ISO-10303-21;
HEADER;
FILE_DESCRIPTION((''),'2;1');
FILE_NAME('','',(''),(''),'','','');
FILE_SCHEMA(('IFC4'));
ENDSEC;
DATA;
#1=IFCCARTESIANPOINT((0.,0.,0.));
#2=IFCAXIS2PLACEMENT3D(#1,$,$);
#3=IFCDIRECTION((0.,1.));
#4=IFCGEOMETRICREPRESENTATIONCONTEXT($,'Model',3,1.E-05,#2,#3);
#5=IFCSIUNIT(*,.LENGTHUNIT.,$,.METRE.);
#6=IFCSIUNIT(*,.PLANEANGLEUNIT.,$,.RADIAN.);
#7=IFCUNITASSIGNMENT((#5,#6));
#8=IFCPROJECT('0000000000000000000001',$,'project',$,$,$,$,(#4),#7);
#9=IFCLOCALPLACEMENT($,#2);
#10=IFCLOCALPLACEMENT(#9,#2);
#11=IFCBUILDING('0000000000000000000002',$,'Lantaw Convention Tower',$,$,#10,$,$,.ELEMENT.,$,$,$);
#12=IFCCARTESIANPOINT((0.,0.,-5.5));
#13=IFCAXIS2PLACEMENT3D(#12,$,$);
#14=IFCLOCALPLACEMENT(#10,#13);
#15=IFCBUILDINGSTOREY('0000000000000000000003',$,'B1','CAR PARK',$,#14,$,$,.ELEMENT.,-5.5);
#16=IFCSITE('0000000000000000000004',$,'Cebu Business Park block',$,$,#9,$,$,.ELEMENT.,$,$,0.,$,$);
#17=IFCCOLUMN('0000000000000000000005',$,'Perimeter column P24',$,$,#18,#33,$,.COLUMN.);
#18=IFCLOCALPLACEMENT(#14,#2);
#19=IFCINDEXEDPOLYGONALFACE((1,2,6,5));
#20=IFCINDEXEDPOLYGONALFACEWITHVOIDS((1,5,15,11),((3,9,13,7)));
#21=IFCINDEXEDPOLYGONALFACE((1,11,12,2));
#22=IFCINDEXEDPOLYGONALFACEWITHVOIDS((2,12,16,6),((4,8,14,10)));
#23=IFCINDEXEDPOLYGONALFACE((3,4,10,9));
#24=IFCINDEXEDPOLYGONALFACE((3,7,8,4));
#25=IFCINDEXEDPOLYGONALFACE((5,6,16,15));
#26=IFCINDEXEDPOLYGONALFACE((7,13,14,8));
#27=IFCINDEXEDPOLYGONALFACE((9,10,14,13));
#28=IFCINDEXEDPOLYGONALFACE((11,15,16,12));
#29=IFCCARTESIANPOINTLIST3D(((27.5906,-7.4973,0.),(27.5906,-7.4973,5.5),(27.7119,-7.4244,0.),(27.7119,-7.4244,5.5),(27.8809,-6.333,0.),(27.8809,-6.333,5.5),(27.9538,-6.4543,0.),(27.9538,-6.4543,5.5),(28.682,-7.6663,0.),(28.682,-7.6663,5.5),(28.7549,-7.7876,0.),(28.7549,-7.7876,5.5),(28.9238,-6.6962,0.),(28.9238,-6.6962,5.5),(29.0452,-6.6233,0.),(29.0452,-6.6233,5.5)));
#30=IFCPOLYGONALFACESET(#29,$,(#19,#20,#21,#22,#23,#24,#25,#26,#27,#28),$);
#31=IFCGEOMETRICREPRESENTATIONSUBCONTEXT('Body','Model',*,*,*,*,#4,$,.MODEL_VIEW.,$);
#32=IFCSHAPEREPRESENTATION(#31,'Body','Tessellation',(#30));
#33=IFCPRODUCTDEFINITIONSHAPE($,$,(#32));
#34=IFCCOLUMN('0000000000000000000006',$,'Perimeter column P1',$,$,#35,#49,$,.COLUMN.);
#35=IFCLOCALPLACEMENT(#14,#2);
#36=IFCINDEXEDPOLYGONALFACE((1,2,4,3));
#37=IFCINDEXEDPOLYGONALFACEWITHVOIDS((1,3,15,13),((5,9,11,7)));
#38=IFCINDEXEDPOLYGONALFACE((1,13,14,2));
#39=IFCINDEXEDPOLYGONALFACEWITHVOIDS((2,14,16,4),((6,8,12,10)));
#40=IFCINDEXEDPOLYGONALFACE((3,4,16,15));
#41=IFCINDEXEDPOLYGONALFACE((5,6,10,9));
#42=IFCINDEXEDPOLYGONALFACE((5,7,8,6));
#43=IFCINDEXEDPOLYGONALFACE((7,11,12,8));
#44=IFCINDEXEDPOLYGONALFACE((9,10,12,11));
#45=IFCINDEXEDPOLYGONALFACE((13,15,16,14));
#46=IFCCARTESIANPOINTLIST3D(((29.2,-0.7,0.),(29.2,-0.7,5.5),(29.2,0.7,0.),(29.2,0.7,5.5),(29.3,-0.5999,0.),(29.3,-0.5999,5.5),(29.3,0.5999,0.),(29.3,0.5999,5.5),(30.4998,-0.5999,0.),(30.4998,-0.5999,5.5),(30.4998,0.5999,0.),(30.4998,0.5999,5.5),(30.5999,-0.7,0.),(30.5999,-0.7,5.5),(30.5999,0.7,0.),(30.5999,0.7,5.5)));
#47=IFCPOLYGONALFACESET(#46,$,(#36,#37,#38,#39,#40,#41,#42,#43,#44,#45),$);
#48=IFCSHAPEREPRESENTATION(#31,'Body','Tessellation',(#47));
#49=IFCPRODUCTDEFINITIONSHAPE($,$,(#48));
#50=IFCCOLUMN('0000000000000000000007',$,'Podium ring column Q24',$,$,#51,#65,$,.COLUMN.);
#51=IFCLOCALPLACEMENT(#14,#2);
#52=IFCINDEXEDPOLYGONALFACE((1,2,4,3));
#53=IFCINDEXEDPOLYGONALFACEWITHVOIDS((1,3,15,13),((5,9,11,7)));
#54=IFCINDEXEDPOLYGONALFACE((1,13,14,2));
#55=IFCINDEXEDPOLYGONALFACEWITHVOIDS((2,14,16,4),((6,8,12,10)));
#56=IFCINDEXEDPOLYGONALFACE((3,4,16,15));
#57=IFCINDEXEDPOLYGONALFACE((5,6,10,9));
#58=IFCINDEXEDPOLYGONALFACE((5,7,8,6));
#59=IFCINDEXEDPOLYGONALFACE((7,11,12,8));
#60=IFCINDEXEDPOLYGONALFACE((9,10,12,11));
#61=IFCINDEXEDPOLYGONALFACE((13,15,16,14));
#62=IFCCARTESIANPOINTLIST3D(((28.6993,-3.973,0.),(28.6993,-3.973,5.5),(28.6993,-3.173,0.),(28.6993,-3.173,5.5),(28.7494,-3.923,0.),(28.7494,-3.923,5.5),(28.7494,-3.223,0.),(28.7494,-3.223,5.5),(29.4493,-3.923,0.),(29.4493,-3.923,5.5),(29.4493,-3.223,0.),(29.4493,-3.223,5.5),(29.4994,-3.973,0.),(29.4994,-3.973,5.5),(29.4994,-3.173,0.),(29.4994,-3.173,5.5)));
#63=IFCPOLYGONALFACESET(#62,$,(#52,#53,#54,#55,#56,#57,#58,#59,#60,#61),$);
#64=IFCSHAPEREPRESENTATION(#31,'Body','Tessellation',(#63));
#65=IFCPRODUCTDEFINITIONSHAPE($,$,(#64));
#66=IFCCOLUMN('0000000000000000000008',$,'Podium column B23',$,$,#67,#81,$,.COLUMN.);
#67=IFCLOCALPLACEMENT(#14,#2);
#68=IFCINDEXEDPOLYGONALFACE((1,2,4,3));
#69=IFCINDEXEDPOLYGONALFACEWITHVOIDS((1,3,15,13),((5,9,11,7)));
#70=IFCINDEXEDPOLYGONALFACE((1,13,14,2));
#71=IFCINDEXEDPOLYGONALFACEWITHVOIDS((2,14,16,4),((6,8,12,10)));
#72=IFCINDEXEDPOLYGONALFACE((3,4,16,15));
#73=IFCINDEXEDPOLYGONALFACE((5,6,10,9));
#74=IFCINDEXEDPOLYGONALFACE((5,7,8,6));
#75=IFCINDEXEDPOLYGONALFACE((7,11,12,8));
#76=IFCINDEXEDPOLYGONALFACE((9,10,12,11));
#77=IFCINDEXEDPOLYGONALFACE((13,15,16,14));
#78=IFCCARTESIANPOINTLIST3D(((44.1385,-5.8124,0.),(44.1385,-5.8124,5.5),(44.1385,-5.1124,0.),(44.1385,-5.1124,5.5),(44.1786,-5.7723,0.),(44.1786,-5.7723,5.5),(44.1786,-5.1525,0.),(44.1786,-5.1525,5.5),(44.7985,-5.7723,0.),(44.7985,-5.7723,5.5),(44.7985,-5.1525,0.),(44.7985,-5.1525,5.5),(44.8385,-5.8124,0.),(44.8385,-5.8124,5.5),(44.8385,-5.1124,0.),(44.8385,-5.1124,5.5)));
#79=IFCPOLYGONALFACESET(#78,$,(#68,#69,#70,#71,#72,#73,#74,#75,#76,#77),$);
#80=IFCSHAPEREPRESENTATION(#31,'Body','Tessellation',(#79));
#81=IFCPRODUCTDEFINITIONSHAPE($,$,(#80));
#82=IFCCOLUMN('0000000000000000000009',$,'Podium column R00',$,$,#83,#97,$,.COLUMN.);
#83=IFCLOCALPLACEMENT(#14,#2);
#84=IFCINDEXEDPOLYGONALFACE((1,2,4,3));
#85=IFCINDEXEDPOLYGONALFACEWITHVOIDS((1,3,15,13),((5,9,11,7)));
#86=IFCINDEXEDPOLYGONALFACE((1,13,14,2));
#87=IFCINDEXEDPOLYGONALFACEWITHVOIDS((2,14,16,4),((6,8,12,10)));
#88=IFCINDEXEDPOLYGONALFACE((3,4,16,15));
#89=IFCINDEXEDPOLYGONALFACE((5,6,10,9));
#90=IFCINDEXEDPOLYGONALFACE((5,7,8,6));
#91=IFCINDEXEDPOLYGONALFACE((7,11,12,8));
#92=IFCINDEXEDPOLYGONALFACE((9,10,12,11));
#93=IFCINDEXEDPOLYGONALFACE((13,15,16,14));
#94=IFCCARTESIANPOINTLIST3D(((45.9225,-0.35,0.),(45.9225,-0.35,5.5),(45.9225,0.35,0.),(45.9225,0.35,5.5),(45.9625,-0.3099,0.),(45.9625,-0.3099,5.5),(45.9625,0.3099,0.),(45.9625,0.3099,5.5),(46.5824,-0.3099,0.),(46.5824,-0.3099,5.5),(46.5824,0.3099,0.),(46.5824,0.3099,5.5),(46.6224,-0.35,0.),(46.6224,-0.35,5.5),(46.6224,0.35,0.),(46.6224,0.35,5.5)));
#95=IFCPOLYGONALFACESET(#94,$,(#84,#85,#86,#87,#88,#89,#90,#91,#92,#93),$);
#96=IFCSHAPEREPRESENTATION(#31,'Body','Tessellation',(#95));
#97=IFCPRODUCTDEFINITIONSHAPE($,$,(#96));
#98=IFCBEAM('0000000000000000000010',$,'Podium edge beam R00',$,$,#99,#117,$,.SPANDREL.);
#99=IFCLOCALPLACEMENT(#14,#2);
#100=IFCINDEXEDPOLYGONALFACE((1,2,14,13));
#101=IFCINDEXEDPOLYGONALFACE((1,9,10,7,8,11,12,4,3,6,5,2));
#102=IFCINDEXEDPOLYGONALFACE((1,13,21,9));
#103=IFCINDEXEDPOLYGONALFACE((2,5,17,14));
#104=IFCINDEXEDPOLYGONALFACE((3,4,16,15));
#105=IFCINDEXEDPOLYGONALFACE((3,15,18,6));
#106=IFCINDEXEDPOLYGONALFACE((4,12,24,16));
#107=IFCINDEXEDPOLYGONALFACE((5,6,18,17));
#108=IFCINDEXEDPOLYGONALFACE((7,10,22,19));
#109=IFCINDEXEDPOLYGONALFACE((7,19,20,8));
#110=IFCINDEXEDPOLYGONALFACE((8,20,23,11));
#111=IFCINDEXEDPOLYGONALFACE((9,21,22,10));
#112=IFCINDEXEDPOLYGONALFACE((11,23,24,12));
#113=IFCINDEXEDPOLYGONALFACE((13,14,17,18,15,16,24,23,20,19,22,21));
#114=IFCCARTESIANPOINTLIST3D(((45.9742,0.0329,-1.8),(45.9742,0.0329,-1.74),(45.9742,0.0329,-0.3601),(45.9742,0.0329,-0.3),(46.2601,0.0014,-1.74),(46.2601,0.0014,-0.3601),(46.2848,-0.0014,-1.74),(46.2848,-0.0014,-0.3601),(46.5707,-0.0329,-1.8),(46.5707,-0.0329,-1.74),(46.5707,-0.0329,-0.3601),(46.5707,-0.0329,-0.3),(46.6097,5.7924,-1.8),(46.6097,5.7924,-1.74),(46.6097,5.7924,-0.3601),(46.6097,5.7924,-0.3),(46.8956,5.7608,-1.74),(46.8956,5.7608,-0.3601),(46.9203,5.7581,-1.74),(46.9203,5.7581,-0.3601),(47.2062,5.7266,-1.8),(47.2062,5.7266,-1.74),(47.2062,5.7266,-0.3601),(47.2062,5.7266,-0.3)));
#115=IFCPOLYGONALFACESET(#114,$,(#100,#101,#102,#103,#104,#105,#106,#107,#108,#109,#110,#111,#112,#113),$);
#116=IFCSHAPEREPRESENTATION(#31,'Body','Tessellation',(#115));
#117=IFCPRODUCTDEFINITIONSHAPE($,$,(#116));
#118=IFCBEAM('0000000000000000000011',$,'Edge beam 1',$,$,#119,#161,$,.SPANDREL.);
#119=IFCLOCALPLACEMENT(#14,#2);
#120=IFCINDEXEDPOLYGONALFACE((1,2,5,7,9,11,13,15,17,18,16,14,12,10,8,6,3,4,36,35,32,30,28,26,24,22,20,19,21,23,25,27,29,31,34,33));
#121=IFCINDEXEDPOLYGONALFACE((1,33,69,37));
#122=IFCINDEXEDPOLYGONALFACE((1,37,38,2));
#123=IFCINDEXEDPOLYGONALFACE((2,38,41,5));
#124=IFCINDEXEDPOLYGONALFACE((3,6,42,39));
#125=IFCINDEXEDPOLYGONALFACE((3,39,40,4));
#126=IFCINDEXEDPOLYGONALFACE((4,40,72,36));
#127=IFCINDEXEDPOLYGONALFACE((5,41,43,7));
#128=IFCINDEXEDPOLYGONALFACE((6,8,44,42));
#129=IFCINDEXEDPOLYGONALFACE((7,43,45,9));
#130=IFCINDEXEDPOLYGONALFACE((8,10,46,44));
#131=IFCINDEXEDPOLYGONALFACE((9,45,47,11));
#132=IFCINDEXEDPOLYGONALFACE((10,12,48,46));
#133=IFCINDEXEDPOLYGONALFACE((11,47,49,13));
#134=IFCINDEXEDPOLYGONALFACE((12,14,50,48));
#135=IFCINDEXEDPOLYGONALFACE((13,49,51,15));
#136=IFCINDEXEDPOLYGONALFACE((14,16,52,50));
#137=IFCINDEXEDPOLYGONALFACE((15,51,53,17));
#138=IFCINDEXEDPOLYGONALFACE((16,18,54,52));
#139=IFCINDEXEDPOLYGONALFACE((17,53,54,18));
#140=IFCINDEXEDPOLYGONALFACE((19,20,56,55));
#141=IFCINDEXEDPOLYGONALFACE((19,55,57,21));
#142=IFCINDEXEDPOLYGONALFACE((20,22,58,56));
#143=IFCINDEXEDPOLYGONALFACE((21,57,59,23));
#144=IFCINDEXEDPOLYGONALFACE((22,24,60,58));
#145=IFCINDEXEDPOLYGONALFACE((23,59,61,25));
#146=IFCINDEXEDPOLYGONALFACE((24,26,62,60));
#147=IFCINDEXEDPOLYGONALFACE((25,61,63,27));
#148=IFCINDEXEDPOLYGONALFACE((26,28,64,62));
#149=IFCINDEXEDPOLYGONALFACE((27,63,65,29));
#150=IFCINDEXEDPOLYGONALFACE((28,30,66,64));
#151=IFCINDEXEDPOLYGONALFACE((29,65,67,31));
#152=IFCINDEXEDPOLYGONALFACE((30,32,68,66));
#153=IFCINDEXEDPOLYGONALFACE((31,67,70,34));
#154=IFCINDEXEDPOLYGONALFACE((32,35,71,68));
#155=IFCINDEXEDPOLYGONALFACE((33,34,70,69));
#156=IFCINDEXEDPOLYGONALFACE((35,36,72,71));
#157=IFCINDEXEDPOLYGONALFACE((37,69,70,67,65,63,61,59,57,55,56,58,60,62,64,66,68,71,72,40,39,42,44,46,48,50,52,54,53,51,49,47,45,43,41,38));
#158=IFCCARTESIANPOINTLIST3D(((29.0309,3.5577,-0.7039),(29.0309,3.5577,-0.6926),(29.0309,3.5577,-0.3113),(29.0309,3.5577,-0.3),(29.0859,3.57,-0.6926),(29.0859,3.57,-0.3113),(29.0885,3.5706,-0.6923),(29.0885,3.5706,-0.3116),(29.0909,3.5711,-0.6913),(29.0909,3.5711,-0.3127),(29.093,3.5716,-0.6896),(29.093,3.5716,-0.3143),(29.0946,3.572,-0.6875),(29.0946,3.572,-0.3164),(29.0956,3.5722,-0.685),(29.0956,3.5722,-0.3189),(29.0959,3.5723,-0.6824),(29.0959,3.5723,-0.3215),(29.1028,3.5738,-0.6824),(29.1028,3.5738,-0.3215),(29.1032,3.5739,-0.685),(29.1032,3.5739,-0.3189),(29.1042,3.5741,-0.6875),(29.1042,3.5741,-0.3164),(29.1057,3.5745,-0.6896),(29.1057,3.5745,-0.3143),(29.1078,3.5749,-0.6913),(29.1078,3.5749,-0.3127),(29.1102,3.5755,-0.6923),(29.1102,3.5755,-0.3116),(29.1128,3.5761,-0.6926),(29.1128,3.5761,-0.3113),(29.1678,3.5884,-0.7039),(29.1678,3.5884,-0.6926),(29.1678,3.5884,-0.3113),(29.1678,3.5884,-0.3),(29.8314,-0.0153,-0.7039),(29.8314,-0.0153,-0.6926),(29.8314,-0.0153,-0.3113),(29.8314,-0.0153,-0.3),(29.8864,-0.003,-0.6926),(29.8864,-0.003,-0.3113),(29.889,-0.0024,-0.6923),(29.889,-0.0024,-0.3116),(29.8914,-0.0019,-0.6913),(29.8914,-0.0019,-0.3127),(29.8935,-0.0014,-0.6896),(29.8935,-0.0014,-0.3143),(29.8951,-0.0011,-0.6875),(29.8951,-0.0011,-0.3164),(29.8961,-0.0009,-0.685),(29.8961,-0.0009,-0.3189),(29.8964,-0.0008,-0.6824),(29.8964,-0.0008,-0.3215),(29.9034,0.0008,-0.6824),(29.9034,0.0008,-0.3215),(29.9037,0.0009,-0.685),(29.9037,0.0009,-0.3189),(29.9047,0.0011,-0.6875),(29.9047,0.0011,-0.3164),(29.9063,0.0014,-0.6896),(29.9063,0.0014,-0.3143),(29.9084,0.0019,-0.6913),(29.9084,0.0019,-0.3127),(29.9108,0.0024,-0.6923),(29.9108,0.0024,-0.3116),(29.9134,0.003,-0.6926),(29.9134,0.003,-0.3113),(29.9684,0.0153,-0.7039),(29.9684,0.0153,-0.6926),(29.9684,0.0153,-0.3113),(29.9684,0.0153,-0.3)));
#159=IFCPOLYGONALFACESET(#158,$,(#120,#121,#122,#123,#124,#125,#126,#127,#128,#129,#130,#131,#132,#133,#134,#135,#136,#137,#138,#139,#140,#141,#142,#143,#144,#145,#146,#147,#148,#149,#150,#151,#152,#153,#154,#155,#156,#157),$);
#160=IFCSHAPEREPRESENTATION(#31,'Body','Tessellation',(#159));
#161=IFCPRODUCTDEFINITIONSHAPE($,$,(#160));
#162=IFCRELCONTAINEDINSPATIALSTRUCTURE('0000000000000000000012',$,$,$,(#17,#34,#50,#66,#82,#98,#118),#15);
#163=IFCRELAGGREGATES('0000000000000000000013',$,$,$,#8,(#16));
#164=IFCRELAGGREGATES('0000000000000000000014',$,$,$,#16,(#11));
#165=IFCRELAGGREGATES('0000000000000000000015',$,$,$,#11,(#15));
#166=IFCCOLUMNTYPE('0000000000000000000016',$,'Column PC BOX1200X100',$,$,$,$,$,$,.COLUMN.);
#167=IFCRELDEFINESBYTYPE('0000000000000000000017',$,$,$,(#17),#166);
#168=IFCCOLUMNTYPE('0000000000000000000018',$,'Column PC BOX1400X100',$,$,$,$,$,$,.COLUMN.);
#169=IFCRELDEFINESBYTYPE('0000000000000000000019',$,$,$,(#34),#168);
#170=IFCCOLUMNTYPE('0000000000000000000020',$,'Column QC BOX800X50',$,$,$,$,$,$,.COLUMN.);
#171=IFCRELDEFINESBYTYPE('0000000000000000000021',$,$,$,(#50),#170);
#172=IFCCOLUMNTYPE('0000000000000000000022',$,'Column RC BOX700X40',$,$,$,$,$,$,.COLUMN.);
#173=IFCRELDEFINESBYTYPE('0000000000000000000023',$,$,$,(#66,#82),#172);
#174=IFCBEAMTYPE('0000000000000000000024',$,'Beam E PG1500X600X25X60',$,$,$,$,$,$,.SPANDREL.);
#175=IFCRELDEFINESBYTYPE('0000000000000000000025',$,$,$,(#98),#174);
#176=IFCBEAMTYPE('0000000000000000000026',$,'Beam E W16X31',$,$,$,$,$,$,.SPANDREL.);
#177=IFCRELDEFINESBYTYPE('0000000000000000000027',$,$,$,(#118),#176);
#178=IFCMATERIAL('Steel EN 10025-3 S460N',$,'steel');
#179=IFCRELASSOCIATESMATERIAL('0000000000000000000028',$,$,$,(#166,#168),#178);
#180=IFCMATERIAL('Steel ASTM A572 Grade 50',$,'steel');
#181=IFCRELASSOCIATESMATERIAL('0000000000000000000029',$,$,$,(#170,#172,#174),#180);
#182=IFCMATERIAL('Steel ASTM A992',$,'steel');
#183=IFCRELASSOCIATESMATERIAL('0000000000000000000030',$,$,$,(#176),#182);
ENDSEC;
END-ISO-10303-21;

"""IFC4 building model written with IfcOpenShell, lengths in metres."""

from ifc_helpers import new_model, si_unit, direction, frame, origin, origin_2d, place, context, subcontext, project, spatial, rectangle, hollow_rectangle, i_section, extrude, material, material_profile, profile_set, type_object, element, save


model = new_model("IFC4")

# Units and contexts
model_context = context("Model", 3, precision=1e-05, world=origin(), true_north=direction((0.0, 1.0)))
body_context = subcontext(model_context, "Body", "Model", "MODEL_VIEW")
ifc_project = project(units=[si_unit("LENGTHUNIT", "METRE"), si_unit("PLANEANGLEUNIT", "RADIAN")], contexts=[model_context])

# Site, building, storey
site_placement = place(None, origin())
site = spatial("IfcSite", under=ifc_project, at=site_placement, Name="Cebu Business Park block", CompositionType="ELEMENT", RefElevation=0.0)
building_placement = place(site_placement, origin())
building = spatial("IfcBuilding", under=site, at=building_placement, Name="Lantaw Convention Tower", CompositionType="ELEMENT")
storey_placement = place(building_placement, frame((0.0, 0.0, -5.5)))
storey = spatial("IfcBuildingStorey", under=building, at=storey_placement, Name="B1", Description="CAR PARK", CompositionType="ELEMENT", Elevation=-5.5)

# Columns
ifc_material_1 = material(Name="Steel EN 10025-3 S460N", Category="steel")
ifc_material_profile_1 = material_profile(ifc_material_1, hollow_rectangle(XDim=1.2, YDim=1.2, WallThickness=0.1001, at=origin_2d()), Name="BOX1200X100")
ifc_material_2 = material(Name="Concrete C60/75", Category="concrete")
ifc_material_profile_2 = material_profile(ifc_material_2, rectangle(XDim=1.0, YDim=1.0, at=origin_2d()), Name="Concrete fill of BOX1200X100")
ifc_profile_set_1 = profile_set([ifc_material_profile_1, ifc_material_profile_2], Name="Steel EN 10025-3 S460N")
column_type_1 = type_object("IfcColumnType", Name="Column PC BOX1200X100", PredefinedType="COLUMN", material=ifc_profile_set_1)
column_1_placement = place(storey_placement, frame((28.3179, -7.0603, 0.0), z_axis=(0.0, 0.0, 1.0), x_axis=(0.241922, 0.970296, 0.0)))
element("IfcColumn", 1, at=column_1_placement, inside=storey, type_object=column_type_1, Name="Perimeter column P24", PredefinedType="COLUMN", context=body_context, shape_type="SweptSolid", body=[
    extrude(hollow_rectangle(XDim=1.2, YDim=1.2, WallThickness=0.1001, at=origin_2d()), origin(), (0.0, 0.0, 1.0), 5.5),
])
ifc_material_profile_3 = material_profile(ifc_material_1, hollow_rectangle(XDim=1.3999, YDim=1.3999, WallThickness=0.1001, at=origin_2d()), Name="BOX1400X100")
ifc_material_profile_4 = material_profile(ifc_material_2, rectangle(XDim=1.2, YDim=1.2, at=origin_2d()), Name="Concrete fill of BOX1400X100")
ifc_profile_set_2 = profile_set([ifc_material_profile_3, ifc_material_profile_4], Name="Steel EN 10025-3 S460N")
column_type_2 = type_object("IfcColumnType", Name="Column PC BOX1400X100", PredefinedType="COLUMN", material=ifc_profile_set_2)
column_2_placement = place(storey_placement, frame((29.8999, 0.0, 0.0), z_axis=(0.0, 0.0, 1.0), x_axis=(1.0, 0.0, 0.0)))
element("IfcColumn", 2, at=column_2_placement, inside=storey, type_object=column_type_2, Name="Perimeter column P1", PredefinedType="COLUMN", context=body_context, shape_type="SweptSolid", body=[
    extrude(hollow_rectangle(XDim=1.3999, YDim=1.3999, WallThickness=0.1001, at=origin_2d()), origin(), (0.0, 0.0, 1.0), 5.5),
])
ifc_material_3 = material(Name="Steel ASTM A572 Grade 50", Category="steel")
ifc_material_profile_5 = material_profile(ifc_material_3, hollow_rectangle(XDim=0.8, YDim=0.8, WallThickness=0.05, at=origin_2d()), Name="BOX800X50")
ifc_profile_set_3 = profile_set([ifc_material_profile_5], Name="Steel ASTM A572 Grade 50")
column_type_3 = type_object("IfcColumnType", Name="Column QC BOX800X50", PredefinedType="COLUMN", material=ifc_profile_set_3)
column_3_placement = place(storey_placement, frame((29.0994, -3.573, 0.0), z_axis=(0.0, 0.0, 1.0), x_axis=(1.0, 0.0, 0.0)))
element("IfcColumn", 3, at=column_3_placement, inside=storey, type_object=column_type_3, Name="Podium ring column Q24", PredefinedType="COLUMN", context=body_context, shape_type="SweptSolid", body=[
    extrude(hollow_rectangle(XDim=0.8, YDim=0.8, WallThickness=0.05, at=origin_2d()), origin(), (0.0, 0.0, 1.0), 5.5),
])
ifc_material_profile_6 = material_profile(ifc_material_3, hollow_rectangle(XDim=0.7, YDim=0.7, WallThickness=0.04, at=origin_2d()), Name="BOX700X40")
ifc_profile_set_4 = profile_set([ifc_material_profile_6], Name="Steel ASTM A572 Grade 50")
column_type_4 = type_object("IfcColumnType", Name="Column RC BOX700X40", PredefinedType="COLUMN", material=ifc_profile_set_4)
for number, where, z_axis, x_axis, name in (
    (4, (44.4885, -5.4624, 0.0), (0.0, 0.0, 1.0), (1.0, 0.0, 0.0), "Podium column B23"),
    (5, (46.2725, 0.0, 0.0), (0.0, 0.0, 1.0), (1.0, 0.0, 0.0), "Podium column R00"),
):
    element("IfcColumn", number, at=place(storey_placement, frame(where, z_axis=z_axis, x_axis=x_axis)), inside=storey, type_object=column_type_4, Name=name, PredefinedType="COLUMN", context=body_context, shape_type="SweptSolid", body=[
        extrude(hollow_rectangle(XDim=0.7, YDim=0.7, WallThickness=0.04, at=origin_2d()), origin(), (0.0, 0.0, 1.0), 5.5),
    ])

# Beams
ifc_material_profile_7 = material_profile(ifc_material_3, i_section(OverallWidth=0.6001, OverallDepth=1.5, WebThickness=0.0249, FlangeThickness=0.0601, at=origin_2d()), Name="PG1500X600X25X60")
ifc_profile_set_5 = profile_set([ifc_material_profile_7], Name="Steel ASTM A572 Grade 50")
beam_type_1 = type_object("IfcBeamType", Name="Beam E PG1500X600X25X60", PredefinedType="SPANDREL", material=ifc_profile_set_5)
beam_1_placement = place(storey_placement, frame((46.2725, 0.0, -1.05), z_axis=(0.109673, 0.993968, 0.0), x_axis=(-0.993968, 0.109673, 0.0)))
element("IfcBeam", 6, at=beam_1_placement, inside=storey, type_object=beam_type_1, Name="Podium edge beam R00", PredefinedType="SPANDREL", context=body_context, shape_type="SweptSolid", body=[
    extrude(i_section(OverallWidth=0.6001, OverallDepth=1.5, WebThickness=0.0249, FlangeThickness=0.0601, at=origin_2d()), origin(), (0.0, 0.0, 1.0), 5.7944),
])
ifc_material_4 = material(Name="Steel ASTM A992", Category="steel")
ifc_material_profile_8 = material_profile(ifc_material_4, i_section(OverallWidth=0.1404, OverallDepth=0.4038, WebThickness=0.0071, FlangeThickness=0.0112, FilletRadius=0.0103, at=origin_2d()), Name="W16X31")
ifc_profile_set_6 = profile_set([ifc_material_profile_8], Name="Steel ASTM A992")
beam_type_2 = type_object("IfcBeamType", Name="Beam E W16X31", PredefinedType="SPANDREL", material=ifc_profile_set_6)
beam_2_placement = place(storey_placement, frame((29.8999, 0.0, -0.502), z_axis=(-0.218632, 0.975807, 0.0), x_axis=(-0.975807, -0.218632, 0.0)))
element("IfcBeam", 7, at=beam_2_placement, inside=storey, type_object=beam_type_2, Name="Edge beam 1", PredefinedType="SPANDREL", context=body_context, shape_type="SweptSolid", body=[
    extrude(i_section(OverallWidth=0.1404, OverallDepth=0.4038, WebThickness=0.0071, FlangeThickness=0.0112, FilletRadius=0.0103, at=origin_2d()), origin(), (0.0, 0.0, 1.0), 3.6616),
])

save(model, "model.ifc")
